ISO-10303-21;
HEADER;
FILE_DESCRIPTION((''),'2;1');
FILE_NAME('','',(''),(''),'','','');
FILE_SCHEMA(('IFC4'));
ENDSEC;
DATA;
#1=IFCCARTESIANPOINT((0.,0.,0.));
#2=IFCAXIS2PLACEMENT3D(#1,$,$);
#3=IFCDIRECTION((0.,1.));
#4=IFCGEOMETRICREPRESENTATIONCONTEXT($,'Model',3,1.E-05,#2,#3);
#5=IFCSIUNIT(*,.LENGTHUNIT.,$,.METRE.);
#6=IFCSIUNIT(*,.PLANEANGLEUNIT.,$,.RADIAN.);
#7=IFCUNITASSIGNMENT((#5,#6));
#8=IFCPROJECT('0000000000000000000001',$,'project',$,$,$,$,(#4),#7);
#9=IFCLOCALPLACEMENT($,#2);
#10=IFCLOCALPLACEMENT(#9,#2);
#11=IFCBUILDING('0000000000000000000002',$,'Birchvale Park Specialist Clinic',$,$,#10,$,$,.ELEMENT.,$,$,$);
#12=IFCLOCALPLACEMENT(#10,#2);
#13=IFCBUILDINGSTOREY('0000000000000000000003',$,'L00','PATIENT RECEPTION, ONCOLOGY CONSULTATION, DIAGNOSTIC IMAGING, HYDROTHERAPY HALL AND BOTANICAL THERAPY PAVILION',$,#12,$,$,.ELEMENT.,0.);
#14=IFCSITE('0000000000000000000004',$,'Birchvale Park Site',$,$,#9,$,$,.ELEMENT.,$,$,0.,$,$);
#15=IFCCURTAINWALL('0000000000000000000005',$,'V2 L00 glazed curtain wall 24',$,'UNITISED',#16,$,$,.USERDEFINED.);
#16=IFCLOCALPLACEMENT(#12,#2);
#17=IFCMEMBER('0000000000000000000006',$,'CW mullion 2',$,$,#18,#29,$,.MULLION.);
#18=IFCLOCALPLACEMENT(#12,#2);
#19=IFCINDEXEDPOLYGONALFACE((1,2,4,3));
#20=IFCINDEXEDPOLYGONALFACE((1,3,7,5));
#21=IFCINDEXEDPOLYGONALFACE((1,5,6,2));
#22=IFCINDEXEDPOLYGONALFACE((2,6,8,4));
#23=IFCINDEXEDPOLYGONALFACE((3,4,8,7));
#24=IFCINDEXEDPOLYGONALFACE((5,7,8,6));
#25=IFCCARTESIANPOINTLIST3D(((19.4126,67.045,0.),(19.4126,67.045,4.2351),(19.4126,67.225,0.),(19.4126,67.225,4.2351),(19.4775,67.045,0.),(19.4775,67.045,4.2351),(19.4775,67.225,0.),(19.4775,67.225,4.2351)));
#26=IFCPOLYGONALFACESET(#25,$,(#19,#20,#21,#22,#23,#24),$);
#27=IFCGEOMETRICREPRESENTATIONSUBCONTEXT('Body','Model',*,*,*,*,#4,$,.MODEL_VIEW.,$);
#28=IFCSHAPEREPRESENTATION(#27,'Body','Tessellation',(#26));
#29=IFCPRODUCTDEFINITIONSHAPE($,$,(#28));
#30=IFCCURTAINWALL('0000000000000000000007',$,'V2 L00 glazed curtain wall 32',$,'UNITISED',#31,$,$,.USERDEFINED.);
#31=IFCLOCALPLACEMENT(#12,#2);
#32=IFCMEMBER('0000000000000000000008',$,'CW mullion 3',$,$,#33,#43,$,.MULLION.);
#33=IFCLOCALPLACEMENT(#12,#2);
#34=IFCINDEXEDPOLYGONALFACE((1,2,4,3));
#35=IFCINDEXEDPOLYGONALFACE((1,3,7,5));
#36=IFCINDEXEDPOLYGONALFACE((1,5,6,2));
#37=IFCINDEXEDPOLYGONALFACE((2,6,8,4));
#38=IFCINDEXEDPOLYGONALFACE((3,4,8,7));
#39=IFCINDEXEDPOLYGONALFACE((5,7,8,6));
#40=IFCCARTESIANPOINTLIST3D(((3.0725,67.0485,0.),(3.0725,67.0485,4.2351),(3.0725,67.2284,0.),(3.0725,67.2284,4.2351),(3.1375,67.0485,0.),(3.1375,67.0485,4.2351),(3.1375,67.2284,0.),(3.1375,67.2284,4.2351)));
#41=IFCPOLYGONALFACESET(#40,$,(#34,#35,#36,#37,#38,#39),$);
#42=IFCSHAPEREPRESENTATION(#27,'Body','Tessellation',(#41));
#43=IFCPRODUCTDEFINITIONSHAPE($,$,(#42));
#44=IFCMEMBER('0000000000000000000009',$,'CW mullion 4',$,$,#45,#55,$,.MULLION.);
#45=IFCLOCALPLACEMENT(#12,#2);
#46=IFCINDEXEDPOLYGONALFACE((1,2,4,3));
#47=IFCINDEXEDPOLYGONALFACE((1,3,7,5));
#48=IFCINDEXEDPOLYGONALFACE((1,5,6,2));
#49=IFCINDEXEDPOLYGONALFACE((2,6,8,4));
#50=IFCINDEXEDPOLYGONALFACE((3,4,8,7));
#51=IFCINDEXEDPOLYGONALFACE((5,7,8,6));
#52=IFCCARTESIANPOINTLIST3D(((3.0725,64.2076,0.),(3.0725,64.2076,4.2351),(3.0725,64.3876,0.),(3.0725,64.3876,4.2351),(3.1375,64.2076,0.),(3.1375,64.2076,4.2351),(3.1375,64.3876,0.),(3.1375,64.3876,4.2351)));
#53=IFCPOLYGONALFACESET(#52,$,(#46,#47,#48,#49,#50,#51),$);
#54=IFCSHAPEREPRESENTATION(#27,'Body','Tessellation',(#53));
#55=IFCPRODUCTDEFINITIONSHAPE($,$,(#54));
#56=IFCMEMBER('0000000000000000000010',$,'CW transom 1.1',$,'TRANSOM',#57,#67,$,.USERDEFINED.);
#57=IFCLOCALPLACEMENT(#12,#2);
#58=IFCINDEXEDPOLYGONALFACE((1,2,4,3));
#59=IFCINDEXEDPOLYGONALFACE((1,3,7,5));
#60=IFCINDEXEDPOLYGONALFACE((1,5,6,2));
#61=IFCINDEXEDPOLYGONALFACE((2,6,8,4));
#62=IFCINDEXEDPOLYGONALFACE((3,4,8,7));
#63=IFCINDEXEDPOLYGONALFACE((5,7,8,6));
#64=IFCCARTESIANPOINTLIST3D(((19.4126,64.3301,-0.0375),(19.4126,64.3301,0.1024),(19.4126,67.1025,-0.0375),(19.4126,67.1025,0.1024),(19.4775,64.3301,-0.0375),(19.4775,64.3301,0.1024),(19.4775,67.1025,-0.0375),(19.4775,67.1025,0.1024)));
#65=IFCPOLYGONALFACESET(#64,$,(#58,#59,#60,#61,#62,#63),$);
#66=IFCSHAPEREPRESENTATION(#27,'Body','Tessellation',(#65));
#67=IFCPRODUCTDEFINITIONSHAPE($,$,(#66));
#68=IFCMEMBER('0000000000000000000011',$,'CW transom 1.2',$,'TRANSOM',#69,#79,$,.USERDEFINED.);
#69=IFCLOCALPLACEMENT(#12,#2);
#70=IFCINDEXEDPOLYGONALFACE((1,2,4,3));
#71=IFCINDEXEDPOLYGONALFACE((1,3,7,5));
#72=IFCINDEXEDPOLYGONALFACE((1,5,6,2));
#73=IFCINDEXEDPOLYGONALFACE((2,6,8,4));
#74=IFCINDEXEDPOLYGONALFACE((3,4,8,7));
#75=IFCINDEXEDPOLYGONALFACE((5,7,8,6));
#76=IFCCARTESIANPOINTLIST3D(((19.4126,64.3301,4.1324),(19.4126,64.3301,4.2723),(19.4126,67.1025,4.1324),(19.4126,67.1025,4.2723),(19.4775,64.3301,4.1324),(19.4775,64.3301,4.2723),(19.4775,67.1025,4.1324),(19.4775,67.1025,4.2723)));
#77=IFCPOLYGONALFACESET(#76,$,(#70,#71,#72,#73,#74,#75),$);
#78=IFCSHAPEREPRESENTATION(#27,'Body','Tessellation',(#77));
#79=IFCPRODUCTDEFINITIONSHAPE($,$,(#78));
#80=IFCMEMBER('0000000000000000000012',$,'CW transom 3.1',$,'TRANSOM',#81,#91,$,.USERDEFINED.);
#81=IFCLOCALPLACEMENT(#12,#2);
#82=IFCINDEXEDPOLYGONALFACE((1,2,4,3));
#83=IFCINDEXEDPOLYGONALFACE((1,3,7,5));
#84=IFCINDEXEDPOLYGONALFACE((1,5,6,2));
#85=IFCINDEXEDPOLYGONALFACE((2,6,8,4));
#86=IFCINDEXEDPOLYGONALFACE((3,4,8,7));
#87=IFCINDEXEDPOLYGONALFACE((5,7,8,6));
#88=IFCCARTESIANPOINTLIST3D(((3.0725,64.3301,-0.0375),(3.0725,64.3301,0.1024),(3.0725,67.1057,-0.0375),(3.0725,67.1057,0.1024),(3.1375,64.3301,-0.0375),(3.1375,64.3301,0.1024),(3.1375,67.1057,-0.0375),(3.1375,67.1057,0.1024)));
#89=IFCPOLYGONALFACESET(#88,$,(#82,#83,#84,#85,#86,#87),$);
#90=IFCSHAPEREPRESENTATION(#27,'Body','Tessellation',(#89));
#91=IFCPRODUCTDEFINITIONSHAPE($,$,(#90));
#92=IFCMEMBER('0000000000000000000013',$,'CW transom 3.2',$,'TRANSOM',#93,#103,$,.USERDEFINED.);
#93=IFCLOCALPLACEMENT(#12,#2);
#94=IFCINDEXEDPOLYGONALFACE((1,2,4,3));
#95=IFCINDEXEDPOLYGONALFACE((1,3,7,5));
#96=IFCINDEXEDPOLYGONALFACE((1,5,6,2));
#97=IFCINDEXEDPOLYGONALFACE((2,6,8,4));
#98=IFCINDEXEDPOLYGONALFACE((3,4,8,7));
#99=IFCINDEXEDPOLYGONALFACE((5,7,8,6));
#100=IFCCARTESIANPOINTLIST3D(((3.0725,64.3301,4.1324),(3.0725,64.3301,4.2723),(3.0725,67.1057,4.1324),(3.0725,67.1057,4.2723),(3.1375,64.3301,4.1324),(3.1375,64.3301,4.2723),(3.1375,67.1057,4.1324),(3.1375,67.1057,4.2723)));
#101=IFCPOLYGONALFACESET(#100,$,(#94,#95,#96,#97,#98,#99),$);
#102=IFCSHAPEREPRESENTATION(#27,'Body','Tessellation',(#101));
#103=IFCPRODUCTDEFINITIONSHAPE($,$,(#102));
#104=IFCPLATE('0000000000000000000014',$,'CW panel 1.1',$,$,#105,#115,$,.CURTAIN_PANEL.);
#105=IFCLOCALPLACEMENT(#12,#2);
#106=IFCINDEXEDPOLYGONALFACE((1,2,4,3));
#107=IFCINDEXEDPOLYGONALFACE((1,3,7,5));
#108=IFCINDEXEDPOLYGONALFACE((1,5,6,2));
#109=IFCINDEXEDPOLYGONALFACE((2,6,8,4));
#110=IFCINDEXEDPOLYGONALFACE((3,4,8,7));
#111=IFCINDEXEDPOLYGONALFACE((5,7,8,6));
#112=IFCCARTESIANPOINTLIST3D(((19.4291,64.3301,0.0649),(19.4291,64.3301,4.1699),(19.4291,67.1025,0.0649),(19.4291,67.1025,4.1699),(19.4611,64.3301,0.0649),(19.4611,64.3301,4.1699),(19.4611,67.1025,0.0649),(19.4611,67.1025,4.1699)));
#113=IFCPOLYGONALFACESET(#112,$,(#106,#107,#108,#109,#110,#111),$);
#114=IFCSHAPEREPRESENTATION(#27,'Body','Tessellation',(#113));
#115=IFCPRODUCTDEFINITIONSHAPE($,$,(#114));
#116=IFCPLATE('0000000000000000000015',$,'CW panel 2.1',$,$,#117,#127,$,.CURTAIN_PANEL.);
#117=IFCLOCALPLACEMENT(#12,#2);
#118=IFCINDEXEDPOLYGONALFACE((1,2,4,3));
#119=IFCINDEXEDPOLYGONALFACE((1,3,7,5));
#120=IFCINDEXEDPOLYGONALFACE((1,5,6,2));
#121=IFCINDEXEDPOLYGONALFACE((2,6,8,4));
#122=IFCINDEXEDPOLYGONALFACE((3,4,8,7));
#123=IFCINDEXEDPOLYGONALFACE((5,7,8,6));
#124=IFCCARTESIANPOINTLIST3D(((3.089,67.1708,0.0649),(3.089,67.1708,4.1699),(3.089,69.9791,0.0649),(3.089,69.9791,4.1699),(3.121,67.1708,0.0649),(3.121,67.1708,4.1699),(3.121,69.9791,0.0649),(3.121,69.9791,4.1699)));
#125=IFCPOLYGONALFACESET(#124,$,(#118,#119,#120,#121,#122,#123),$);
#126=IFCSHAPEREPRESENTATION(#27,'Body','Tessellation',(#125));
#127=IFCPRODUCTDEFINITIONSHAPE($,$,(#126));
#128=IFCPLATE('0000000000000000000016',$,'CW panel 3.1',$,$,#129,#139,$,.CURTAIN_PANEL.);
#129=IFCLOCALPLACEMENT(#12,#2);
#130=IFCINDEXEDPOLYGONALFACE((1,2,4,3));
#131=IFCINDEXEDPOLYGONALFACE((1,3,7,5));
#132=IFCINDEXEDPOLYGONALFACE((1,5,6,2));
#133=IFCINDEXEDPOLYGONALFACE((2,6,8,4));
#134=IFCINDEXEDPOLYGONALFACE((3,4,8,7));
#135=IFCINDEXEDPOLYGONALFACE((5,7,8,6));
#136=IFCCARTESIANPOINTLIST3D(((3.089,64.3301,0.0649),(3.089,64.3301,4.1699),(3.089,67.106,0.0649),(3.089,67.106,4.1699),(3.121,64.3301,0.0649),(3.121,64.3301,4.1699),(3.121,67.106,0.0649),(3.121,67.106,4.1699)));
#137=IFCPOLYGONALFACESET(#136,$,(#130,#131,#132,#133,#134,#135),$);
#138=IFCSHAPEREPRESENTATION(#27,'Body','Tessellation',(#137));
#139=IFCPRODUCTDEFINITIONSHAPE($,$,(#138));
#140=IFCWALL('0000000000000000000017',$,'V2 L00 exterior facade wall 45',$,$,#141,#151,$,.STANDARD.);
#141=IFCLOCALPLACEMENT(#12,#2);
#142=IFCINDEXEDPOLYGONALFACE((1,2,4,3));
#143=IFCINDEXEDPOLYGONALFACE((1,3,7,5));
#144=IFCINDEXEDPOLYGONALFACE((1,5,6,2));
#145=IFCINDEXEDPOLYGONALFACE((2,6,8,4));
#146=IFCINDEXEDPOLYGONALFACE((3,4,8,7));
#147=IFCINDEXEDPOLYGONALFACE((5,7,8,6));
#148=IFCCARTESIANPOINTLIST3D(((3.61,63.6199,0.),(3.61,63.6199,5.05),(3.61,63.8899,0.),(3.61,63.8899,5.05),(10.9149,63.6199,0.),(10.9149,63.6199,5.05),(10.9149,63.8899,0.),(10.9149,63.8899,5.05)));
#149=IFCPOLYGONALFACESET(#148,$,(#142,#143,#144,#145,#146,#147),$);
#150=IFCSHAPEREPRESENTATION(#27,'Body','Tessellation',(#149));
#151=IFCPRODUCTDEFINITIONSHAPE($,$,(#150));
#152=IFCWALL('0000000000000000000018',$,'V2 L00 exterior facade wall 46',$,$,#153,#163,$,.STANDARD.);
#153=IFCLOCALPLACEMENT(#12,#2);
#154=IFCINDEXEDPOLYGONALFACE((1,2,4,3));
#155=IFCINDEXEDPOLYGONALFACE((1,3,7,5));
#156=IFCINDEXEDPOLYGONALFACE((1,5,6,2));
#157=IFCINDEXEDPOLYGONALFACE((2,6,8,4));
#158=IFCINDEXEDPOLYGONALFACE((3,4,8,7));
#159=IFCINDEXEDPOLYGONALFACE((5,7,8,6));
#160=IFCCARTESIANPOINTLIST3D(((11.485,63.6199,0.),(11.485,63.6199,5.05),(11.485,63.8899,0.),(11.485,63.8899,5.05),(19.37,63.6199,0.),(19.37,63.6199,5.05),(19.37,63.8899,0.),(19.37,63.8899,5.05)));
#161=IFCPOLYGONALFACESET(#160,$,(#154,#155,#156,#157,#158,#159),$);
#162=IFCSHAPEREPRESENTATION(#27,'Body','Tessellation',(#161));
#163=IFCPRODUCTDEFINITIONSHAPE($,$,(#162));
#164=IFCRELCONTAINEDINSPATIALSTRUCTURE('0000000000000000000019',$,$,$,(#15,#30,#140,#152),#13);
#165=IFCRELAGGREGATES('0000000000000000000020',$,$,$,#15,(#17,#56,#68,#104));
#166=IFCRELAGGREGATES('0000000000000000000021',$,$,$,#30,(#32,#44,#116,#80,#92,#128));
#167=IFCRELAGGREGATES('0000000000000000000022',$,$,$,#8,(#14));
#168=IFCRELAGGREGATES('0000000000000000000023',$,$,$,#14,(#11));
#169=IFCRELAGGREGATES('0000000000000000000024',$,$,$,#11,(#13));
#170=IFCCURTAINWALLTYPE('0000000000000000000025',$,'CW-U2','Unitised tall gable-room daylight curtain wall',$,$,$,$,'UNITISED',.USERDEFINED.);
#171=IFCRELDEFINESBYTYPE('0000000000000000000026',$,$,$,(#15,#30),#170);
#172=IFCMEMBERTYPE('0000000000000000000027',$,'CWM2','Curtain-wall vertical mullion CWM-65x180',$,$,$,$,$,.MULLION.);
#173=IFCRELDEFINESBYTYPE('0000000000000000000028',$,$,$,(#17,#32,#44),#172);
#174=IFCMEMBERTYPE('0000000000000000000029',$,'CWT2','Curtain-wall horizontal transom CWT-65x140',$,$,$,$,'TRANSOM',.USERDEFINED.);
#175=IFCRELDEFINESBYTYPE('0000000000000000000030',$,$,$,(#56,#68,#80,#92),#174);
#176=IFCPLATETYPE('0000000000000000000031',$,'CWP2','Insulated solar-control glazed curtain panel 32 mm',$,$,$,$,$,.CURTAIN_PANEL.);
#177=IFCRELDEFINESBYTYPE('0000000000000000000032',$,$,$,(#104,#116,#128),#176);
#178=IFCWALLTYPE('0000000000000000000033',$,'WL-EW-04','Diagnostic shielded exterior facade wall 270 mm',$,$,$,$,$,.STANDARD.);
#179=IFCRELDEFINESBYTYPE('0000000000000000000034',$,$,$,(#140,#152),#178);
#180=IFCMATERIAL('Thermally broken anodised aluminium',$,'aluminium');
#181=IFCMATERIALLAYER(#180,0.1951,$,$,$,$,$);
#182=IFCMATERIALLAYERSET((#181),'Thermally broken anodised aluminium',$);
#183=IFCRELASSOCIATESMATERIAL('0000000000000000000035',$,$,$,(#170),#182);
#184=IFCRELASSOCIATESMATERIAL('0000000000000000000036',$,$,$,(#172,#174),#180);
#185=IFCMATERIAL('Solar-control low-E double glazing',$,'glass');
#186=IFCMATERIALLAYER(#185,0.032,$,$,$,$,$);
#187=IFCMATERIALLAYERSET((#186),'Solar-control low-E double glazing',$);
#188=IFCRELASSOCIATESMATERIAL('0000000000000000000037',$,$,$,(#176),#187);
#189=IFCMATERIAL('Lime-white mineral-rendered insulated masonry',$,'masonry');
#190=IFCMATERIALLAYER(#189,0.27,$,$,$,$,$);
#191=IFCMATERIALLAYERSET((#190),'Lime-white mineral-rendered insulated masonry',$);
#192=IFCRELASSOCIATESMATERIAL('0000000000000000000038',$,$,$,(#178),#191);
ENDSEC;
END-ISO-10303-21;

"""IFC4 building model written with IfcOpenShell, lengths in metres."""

from ifc_helpers import new_model, si_unit, direction, frame, frame_2d, origin, origin_2d, place, context, subcontext, project, spatial, rectangle, extrude, material, layer, layer_set, material_profile, profile_set, type_object, element, aggregate, save


model = new_model("IFC4")

# Units and contexts
model_context = context("Model", 3, precision=1e-05, world=origin(), true_north=direction((0.0, 1.0)))
body_context = subcontext(model_context, "Body", "Model", "MODEL_VIEW")
ifc_project = project(units=[si_unit("LENGTHUNIT", "METRE"), si_unit("PLANEANGLEUNIT", "RADIAN")], contexts=[model_context])

# Site, building, storey
site_placement = place(None, origin())
site = spatial("IfcSite", under=ifc_project, at=site_placement, Name="Birchvale Park Site", CompositionType="ELEMENT", RefElevation=0.0)
building_placement = place(site_placement, origin())
building = spatial("IfcBuilding", under=site, at=building_placement, Name="Birchvale Park Specialist Clinic", CompositionType="ELEMENT")
storey_placement = place(building_placement, origin())
storey = spatial("IfcBuildingStorey", under=building, at=storey_placement, Name="L00", Description="PATIENT RECEPTION, ONCOLOGY CONSULTATION, DIAGNOSTIC IMAGING, HYDROTHERAPY HALL AND BOTANICAL THERAPY PAVILION", CompositionType="ELEMENT", Elevation=0.0)

# Curtain walls, members
ifc_material_1 = material(Name="Thermally broken anodised aluminium", Category="aluminium")
ifc_layer_1 = layer(ifc_material_1, 0.1951)
ifc_layer_set_1 = layer_set([ifc_layer_1], Name="Thermally broken anodised aluminium")
curtain_wall_type = type_object("IfcCurtainWallType", Name="CW-U2", Description="Unitised tall gable-room daylight curtain wall", ElementType="UNITISED", PredefinedType="USERDEFINED", material=ifc_layer_set_1)
curtain_wall_1_placement = place(storey_placement, origin())
curtain_wall_1 = element("IfcCurtainWall", 1, at=curtain_wall_1_placement, inside=storey, type_object=curtain_wall_type, Name="V2 L00 glazed curtain wall 24", ObjectType="UNITISED", PredefinedType="USERDEFINED")
ifc_material_profile_1 = material_profile(ifc_material_1, rectangle(XDim=0.0649, YDim=0.1799, at=origin_2d()), Name="CWM-65x180")
ifc_profile_set_1 = profile_set([ifc_material_profile_1], Name="Thermally broken anodised aluminium")
member_type_1 = type_object("IfcMemberType", Name="CWM2", Description="Curtain-wall vertical mullion CWM-65x180", PredefinedType="MULLION", material=ifc_profile_set_1)
member_1_placement = place(storey_placement, frame((19.4451, 67.135, 0.0), z_axis=(0.0, 0.0, 1.0), x_axis=(-1.0, 0.0, 0.0)))
member_1 = element("IfcMember", 2, at=member_1_placement, type_object=member_type_1, Name="CW mullion 2", PredefinedType="MULLION", context=body_context, shape_type="SweptSolid", body=[
    extrude(rectangle(XDim=0.0649, YDim=0.1799, at=origin_2d()), origin(), (0.0, 0.0, 1.0), 4.2351),
])
curtain_wall_2_placement = place(storey_placement, origin())
curtain_wall_2 = element("IfcCurtainWall", 3, at=curtain_wall_2_placement, inside=storey, type_object=curtain_wall_type, Name="V2 L00 glazed curtain wall 32", ObjectType="UNITISED", PredefinedType="USERDEFINED")
member_2_placement = place(storey_placement, frame((3.105, 67.1384, 0.0), z_axis=(0.0, 0.0, 1.0), x_axis=(1.0, 0.0, 0.0)))
member_2 = element("IfcMember", 4, at=member_2_placement, type_object=member_type_1, Name="CW mullion 3", PredefinedType="MULLION", context=body_context, shape_type="SweptSolid", body=[
    extrude(rectangle(XDim=0.0649, YDim=0.1799, at=origin_2d()), origin(), (0.0, 0.0, 1.0), 4.2351),
])
member_3_placement = place(storey_placement, frame((3.105, 64.2976, 0.0), z_axis=(0.0, 0.0, 1.0), x_axis=(1.0, 0.0, 0.0)))
member_3 = element("IfcMember", 5, at=member_3_placement, type_object=member_type_1, Name="CW mullion 4", PredefinedType="MULLION", context=body_context, shape_type="SweptSolid", body=[
    extrude(rectangle(XDim=0.0649, YDim=0.1799, at=origin_2d()), origin(), (0.0, 0.0, 1.0), 4.2351),
])

# Members
ifc_material_profile_2 = material_profile(ifc_material_1, rectangle(XDim=0.0649, YDim=0.1399, at=origin_2d()), Name="CWT-65x140")
ifc_profile_set_2 = profile_set([ifc_material_profile_2], Name="Thermally broken anodised aluminium")
member_type_2 = type_object("IfcMemberType", Name="CWT2", Description="Curtain-wall horizontal transom CWT-65x140", ElementType="TRANSOM", PredefinedType="USERDEFINED", material=ifc_profile_set_2)
member_4_placement = place(storey_placement, frame((19.4451, 64.3301, 0.0325), z_axis=(0.0, 1.0, 0.0), x_axis=(-1.0, 0.0, 0.0)))
member_4 = element("IfcMember", 6, at=member_4_placement, type_object=member_type_2, Name="CW transom 1.1", ObjectType="TRANSOM", PredefinedType="USERDEFINED", context=body_context, shape_type="SweptSolid", body=[
    extrude(rectangle(XDim=0.0649, YDim=0.1399, at=origin_2d()), origin(), (0.0, 0.0, 1.0), 2.7725),
])
member_5_placement = place(storey_placement, frame((19.4451, 64.3301, 4.2024), z_axis=(0.0, 1.0, 0.0), x_axis=(-1.0, 0.0, 0.0)))
member_5 = element("IfcMember", 7, at=member_5_placement, type_object=member_type_2, Name="CW transom 1.2", ObjectType="TRANSOM", PredefinedType="USERDEFINED", context=body_context, shape_type="SweptSolid", body=[
    extrude(rectangle(XDim=0.0649, YDim=0.1399, at=origin_2d()), origin(), (0.0, 0.0, 1.0), 2.7725),
])
member_6_placement = place(storey_placement, frame((3.105, 67.1057, 0.0325), z_axis=(0.0, -1.0, 0.0), x_axis=(1.0, 0.0, 0.0)))
member_6 = element("IfcMember", 8, at=member_6_placement, type_object=member_type_2, Name="CW transom 3.1", ObjectType="TRANSOM", PredefinedType="USERDEFINED", context=body_context, shape_type="SweptSolid", body=[
    extrude(rectangle(XDim=0.0649, YDim=0.1399, at=origin_2d()), origin(), (0.0, 0.0, 1.0), 2.7756),
])
member_7_placement = place(storey_placement, frame((3.105, 67.1057, 4.2024), z_axis=(0.0, -1.0, 0.0), x_axis=(1.0, 0.0, 0.0)))
member_7 = element("IfcMember", 9, at=member_7_placement, type_object=member_type_2, Name="CW transom 3.2", ObjectType="TRANSOM", PredefinedType="USERDEFINED", context=body_context, shape_type="SweptSolid", body=[
    extrude(rectangle(XDim=0.0649, YDim=0.1399, at=origin_2d()), origin(), (0.0, 0.0, 1.0), 2.7756),
])

# Plates
ifc_material_2 = material(Name="Solar-control low-E double glazing", Category="glass")
ifc_layer_2 = layer(ifc_material_2, 0.032)
ifc_layer_set_2 = layer_set([ifc_layer_2], Name="Solar-control low-E double glazing")
plate_type = type_object("IfcPlateType", Name="CWP2", Description="Insulated solar-control glazed curtain panel 32 mm", PredefinedType="CURTAIN_PANEL", material=ifc_layer_set_2)
plate_1_placement = place(storey_placement, frame((19.4451, 65.7163, 0.0649), z_axis=(0.0, 0.0, 1.0), x_axis=(0.0, 1.0, 0.0)))
plate_1 = element("IfcPlate", 10, at=plate_1_placement, type_object=plate_type, Name="CW panel 1.1", PredefinedType="CURTAIN_PANEL", context=body_context, shape_type="SweptSolid", body=[
    extrude(rectangle(XDim=2.7725, YDim=0.032, at=origin_2d()), origin(), (0.0, 0.0, 1.0), 4.105),
])
aggregate(curtain_wall_1, [member_1, member_4, member_5, plate_1])
plate_2_placement = place(storey_placement, frame((3.105, 68.575, 0.0649), z_axis=(0.0, 0.0, 1.0), x_axis=(0.0, -1.0, 0.0)))
plate_2 = element("IfcPlate", 11, at=plate_2_placement, type_object=plate_type, Name="CW panel 2.1", PredefinedType="CURTAIN_PANEL", context=body_context, shape_type="SweptSolid", body=[
    extrude(rectangle(XDim=2.8083, YDim=0.032, at=origin_2d()), origin(), (0.0, 0.0, 1.0), 4.105),
])
plate_3_placement = place(storey_placement, frame((3.105, 65.718, 0.0649), z_axis=(0.0, 0.0, 1.0), x_axis=(0.0, -1.0, 0.0)))
plate_3 = element("IfcPlate", 12, at=plate_3_placement, type_object=plate_type, Name="CW panel 3.1", PredefinedType="CURTAIN_PANEL", context=body_context, shape_type="SweptSolid", body=[
    extrude(rectangle(XDim=2.7759, YDim=0.032, at=origin_2d()), origin(), (0.0, 0.0, 1.0), 4.105),
])
aggregate(curtain_wall_2, [member_2, member_3, plate_2, member_6, member_7, plate_3])

# Walls
ifc_material_3 = material(Name="Lime-white mineral-rendered insulated masonry", Category="masonry")
ifc_layer_3 = layer(ifc_material_3, 0.27)
ifc_layer_set_3 = layer_set([ifc_layer_3], Name="Lime-white mineral-rendered insulated masonry")
wall_type_1 = type_object("IfcWallType", Name="WL-EW-04", Description="Diagnostic shielded exterior facade wall 270 mm", PredefinedType="STANDARD", material=ifc_layer_set_3)
wall_1_placement = place(storey_placement, frame((3.6101, 63.7549, 0.0), z_axis=(0.0, 0.0, 1.0), x_axis=(1.0, 0.0, 0.0)))
element("IfcWall", 13, at=wall_1_placement, inside=storey, type_object=wall_type_1, Name="V2 L00 exterior facade wall 45", PredefinedType="STANDARD", context=body_context, shape_type="SweptSolid", body=[
    extrude(rectangle(XDim=7.3049, YDim=0.27, at=frame_2d((3.6523, 0.0))), origin(), (0.0, 0.0, 1.0), 5.05),
])
wall_2_placement = place(storey_placement, frame((11.4851, 63.7549, 0.0), z_axis=(0.0, 0.0, 1.0), x_axis=(1.0, 0.0, 0.0)))
element("IfcWall", 14, at=wall_2_placement, inside=storey, type_object=wall_type_1, Name="V2 L00 exterior facade wall 46", PredefinedType="STANDARD", context=body_context, shape_type="SweptSolid", body=[
    extrude(rectangle(XDim=7.885, YDim=0.27, at=frame_2d((3.9424, 0.0))), origin(), (0.0, 0.0, 1.0), 5.05),
])

save(model, "model.ifc")
